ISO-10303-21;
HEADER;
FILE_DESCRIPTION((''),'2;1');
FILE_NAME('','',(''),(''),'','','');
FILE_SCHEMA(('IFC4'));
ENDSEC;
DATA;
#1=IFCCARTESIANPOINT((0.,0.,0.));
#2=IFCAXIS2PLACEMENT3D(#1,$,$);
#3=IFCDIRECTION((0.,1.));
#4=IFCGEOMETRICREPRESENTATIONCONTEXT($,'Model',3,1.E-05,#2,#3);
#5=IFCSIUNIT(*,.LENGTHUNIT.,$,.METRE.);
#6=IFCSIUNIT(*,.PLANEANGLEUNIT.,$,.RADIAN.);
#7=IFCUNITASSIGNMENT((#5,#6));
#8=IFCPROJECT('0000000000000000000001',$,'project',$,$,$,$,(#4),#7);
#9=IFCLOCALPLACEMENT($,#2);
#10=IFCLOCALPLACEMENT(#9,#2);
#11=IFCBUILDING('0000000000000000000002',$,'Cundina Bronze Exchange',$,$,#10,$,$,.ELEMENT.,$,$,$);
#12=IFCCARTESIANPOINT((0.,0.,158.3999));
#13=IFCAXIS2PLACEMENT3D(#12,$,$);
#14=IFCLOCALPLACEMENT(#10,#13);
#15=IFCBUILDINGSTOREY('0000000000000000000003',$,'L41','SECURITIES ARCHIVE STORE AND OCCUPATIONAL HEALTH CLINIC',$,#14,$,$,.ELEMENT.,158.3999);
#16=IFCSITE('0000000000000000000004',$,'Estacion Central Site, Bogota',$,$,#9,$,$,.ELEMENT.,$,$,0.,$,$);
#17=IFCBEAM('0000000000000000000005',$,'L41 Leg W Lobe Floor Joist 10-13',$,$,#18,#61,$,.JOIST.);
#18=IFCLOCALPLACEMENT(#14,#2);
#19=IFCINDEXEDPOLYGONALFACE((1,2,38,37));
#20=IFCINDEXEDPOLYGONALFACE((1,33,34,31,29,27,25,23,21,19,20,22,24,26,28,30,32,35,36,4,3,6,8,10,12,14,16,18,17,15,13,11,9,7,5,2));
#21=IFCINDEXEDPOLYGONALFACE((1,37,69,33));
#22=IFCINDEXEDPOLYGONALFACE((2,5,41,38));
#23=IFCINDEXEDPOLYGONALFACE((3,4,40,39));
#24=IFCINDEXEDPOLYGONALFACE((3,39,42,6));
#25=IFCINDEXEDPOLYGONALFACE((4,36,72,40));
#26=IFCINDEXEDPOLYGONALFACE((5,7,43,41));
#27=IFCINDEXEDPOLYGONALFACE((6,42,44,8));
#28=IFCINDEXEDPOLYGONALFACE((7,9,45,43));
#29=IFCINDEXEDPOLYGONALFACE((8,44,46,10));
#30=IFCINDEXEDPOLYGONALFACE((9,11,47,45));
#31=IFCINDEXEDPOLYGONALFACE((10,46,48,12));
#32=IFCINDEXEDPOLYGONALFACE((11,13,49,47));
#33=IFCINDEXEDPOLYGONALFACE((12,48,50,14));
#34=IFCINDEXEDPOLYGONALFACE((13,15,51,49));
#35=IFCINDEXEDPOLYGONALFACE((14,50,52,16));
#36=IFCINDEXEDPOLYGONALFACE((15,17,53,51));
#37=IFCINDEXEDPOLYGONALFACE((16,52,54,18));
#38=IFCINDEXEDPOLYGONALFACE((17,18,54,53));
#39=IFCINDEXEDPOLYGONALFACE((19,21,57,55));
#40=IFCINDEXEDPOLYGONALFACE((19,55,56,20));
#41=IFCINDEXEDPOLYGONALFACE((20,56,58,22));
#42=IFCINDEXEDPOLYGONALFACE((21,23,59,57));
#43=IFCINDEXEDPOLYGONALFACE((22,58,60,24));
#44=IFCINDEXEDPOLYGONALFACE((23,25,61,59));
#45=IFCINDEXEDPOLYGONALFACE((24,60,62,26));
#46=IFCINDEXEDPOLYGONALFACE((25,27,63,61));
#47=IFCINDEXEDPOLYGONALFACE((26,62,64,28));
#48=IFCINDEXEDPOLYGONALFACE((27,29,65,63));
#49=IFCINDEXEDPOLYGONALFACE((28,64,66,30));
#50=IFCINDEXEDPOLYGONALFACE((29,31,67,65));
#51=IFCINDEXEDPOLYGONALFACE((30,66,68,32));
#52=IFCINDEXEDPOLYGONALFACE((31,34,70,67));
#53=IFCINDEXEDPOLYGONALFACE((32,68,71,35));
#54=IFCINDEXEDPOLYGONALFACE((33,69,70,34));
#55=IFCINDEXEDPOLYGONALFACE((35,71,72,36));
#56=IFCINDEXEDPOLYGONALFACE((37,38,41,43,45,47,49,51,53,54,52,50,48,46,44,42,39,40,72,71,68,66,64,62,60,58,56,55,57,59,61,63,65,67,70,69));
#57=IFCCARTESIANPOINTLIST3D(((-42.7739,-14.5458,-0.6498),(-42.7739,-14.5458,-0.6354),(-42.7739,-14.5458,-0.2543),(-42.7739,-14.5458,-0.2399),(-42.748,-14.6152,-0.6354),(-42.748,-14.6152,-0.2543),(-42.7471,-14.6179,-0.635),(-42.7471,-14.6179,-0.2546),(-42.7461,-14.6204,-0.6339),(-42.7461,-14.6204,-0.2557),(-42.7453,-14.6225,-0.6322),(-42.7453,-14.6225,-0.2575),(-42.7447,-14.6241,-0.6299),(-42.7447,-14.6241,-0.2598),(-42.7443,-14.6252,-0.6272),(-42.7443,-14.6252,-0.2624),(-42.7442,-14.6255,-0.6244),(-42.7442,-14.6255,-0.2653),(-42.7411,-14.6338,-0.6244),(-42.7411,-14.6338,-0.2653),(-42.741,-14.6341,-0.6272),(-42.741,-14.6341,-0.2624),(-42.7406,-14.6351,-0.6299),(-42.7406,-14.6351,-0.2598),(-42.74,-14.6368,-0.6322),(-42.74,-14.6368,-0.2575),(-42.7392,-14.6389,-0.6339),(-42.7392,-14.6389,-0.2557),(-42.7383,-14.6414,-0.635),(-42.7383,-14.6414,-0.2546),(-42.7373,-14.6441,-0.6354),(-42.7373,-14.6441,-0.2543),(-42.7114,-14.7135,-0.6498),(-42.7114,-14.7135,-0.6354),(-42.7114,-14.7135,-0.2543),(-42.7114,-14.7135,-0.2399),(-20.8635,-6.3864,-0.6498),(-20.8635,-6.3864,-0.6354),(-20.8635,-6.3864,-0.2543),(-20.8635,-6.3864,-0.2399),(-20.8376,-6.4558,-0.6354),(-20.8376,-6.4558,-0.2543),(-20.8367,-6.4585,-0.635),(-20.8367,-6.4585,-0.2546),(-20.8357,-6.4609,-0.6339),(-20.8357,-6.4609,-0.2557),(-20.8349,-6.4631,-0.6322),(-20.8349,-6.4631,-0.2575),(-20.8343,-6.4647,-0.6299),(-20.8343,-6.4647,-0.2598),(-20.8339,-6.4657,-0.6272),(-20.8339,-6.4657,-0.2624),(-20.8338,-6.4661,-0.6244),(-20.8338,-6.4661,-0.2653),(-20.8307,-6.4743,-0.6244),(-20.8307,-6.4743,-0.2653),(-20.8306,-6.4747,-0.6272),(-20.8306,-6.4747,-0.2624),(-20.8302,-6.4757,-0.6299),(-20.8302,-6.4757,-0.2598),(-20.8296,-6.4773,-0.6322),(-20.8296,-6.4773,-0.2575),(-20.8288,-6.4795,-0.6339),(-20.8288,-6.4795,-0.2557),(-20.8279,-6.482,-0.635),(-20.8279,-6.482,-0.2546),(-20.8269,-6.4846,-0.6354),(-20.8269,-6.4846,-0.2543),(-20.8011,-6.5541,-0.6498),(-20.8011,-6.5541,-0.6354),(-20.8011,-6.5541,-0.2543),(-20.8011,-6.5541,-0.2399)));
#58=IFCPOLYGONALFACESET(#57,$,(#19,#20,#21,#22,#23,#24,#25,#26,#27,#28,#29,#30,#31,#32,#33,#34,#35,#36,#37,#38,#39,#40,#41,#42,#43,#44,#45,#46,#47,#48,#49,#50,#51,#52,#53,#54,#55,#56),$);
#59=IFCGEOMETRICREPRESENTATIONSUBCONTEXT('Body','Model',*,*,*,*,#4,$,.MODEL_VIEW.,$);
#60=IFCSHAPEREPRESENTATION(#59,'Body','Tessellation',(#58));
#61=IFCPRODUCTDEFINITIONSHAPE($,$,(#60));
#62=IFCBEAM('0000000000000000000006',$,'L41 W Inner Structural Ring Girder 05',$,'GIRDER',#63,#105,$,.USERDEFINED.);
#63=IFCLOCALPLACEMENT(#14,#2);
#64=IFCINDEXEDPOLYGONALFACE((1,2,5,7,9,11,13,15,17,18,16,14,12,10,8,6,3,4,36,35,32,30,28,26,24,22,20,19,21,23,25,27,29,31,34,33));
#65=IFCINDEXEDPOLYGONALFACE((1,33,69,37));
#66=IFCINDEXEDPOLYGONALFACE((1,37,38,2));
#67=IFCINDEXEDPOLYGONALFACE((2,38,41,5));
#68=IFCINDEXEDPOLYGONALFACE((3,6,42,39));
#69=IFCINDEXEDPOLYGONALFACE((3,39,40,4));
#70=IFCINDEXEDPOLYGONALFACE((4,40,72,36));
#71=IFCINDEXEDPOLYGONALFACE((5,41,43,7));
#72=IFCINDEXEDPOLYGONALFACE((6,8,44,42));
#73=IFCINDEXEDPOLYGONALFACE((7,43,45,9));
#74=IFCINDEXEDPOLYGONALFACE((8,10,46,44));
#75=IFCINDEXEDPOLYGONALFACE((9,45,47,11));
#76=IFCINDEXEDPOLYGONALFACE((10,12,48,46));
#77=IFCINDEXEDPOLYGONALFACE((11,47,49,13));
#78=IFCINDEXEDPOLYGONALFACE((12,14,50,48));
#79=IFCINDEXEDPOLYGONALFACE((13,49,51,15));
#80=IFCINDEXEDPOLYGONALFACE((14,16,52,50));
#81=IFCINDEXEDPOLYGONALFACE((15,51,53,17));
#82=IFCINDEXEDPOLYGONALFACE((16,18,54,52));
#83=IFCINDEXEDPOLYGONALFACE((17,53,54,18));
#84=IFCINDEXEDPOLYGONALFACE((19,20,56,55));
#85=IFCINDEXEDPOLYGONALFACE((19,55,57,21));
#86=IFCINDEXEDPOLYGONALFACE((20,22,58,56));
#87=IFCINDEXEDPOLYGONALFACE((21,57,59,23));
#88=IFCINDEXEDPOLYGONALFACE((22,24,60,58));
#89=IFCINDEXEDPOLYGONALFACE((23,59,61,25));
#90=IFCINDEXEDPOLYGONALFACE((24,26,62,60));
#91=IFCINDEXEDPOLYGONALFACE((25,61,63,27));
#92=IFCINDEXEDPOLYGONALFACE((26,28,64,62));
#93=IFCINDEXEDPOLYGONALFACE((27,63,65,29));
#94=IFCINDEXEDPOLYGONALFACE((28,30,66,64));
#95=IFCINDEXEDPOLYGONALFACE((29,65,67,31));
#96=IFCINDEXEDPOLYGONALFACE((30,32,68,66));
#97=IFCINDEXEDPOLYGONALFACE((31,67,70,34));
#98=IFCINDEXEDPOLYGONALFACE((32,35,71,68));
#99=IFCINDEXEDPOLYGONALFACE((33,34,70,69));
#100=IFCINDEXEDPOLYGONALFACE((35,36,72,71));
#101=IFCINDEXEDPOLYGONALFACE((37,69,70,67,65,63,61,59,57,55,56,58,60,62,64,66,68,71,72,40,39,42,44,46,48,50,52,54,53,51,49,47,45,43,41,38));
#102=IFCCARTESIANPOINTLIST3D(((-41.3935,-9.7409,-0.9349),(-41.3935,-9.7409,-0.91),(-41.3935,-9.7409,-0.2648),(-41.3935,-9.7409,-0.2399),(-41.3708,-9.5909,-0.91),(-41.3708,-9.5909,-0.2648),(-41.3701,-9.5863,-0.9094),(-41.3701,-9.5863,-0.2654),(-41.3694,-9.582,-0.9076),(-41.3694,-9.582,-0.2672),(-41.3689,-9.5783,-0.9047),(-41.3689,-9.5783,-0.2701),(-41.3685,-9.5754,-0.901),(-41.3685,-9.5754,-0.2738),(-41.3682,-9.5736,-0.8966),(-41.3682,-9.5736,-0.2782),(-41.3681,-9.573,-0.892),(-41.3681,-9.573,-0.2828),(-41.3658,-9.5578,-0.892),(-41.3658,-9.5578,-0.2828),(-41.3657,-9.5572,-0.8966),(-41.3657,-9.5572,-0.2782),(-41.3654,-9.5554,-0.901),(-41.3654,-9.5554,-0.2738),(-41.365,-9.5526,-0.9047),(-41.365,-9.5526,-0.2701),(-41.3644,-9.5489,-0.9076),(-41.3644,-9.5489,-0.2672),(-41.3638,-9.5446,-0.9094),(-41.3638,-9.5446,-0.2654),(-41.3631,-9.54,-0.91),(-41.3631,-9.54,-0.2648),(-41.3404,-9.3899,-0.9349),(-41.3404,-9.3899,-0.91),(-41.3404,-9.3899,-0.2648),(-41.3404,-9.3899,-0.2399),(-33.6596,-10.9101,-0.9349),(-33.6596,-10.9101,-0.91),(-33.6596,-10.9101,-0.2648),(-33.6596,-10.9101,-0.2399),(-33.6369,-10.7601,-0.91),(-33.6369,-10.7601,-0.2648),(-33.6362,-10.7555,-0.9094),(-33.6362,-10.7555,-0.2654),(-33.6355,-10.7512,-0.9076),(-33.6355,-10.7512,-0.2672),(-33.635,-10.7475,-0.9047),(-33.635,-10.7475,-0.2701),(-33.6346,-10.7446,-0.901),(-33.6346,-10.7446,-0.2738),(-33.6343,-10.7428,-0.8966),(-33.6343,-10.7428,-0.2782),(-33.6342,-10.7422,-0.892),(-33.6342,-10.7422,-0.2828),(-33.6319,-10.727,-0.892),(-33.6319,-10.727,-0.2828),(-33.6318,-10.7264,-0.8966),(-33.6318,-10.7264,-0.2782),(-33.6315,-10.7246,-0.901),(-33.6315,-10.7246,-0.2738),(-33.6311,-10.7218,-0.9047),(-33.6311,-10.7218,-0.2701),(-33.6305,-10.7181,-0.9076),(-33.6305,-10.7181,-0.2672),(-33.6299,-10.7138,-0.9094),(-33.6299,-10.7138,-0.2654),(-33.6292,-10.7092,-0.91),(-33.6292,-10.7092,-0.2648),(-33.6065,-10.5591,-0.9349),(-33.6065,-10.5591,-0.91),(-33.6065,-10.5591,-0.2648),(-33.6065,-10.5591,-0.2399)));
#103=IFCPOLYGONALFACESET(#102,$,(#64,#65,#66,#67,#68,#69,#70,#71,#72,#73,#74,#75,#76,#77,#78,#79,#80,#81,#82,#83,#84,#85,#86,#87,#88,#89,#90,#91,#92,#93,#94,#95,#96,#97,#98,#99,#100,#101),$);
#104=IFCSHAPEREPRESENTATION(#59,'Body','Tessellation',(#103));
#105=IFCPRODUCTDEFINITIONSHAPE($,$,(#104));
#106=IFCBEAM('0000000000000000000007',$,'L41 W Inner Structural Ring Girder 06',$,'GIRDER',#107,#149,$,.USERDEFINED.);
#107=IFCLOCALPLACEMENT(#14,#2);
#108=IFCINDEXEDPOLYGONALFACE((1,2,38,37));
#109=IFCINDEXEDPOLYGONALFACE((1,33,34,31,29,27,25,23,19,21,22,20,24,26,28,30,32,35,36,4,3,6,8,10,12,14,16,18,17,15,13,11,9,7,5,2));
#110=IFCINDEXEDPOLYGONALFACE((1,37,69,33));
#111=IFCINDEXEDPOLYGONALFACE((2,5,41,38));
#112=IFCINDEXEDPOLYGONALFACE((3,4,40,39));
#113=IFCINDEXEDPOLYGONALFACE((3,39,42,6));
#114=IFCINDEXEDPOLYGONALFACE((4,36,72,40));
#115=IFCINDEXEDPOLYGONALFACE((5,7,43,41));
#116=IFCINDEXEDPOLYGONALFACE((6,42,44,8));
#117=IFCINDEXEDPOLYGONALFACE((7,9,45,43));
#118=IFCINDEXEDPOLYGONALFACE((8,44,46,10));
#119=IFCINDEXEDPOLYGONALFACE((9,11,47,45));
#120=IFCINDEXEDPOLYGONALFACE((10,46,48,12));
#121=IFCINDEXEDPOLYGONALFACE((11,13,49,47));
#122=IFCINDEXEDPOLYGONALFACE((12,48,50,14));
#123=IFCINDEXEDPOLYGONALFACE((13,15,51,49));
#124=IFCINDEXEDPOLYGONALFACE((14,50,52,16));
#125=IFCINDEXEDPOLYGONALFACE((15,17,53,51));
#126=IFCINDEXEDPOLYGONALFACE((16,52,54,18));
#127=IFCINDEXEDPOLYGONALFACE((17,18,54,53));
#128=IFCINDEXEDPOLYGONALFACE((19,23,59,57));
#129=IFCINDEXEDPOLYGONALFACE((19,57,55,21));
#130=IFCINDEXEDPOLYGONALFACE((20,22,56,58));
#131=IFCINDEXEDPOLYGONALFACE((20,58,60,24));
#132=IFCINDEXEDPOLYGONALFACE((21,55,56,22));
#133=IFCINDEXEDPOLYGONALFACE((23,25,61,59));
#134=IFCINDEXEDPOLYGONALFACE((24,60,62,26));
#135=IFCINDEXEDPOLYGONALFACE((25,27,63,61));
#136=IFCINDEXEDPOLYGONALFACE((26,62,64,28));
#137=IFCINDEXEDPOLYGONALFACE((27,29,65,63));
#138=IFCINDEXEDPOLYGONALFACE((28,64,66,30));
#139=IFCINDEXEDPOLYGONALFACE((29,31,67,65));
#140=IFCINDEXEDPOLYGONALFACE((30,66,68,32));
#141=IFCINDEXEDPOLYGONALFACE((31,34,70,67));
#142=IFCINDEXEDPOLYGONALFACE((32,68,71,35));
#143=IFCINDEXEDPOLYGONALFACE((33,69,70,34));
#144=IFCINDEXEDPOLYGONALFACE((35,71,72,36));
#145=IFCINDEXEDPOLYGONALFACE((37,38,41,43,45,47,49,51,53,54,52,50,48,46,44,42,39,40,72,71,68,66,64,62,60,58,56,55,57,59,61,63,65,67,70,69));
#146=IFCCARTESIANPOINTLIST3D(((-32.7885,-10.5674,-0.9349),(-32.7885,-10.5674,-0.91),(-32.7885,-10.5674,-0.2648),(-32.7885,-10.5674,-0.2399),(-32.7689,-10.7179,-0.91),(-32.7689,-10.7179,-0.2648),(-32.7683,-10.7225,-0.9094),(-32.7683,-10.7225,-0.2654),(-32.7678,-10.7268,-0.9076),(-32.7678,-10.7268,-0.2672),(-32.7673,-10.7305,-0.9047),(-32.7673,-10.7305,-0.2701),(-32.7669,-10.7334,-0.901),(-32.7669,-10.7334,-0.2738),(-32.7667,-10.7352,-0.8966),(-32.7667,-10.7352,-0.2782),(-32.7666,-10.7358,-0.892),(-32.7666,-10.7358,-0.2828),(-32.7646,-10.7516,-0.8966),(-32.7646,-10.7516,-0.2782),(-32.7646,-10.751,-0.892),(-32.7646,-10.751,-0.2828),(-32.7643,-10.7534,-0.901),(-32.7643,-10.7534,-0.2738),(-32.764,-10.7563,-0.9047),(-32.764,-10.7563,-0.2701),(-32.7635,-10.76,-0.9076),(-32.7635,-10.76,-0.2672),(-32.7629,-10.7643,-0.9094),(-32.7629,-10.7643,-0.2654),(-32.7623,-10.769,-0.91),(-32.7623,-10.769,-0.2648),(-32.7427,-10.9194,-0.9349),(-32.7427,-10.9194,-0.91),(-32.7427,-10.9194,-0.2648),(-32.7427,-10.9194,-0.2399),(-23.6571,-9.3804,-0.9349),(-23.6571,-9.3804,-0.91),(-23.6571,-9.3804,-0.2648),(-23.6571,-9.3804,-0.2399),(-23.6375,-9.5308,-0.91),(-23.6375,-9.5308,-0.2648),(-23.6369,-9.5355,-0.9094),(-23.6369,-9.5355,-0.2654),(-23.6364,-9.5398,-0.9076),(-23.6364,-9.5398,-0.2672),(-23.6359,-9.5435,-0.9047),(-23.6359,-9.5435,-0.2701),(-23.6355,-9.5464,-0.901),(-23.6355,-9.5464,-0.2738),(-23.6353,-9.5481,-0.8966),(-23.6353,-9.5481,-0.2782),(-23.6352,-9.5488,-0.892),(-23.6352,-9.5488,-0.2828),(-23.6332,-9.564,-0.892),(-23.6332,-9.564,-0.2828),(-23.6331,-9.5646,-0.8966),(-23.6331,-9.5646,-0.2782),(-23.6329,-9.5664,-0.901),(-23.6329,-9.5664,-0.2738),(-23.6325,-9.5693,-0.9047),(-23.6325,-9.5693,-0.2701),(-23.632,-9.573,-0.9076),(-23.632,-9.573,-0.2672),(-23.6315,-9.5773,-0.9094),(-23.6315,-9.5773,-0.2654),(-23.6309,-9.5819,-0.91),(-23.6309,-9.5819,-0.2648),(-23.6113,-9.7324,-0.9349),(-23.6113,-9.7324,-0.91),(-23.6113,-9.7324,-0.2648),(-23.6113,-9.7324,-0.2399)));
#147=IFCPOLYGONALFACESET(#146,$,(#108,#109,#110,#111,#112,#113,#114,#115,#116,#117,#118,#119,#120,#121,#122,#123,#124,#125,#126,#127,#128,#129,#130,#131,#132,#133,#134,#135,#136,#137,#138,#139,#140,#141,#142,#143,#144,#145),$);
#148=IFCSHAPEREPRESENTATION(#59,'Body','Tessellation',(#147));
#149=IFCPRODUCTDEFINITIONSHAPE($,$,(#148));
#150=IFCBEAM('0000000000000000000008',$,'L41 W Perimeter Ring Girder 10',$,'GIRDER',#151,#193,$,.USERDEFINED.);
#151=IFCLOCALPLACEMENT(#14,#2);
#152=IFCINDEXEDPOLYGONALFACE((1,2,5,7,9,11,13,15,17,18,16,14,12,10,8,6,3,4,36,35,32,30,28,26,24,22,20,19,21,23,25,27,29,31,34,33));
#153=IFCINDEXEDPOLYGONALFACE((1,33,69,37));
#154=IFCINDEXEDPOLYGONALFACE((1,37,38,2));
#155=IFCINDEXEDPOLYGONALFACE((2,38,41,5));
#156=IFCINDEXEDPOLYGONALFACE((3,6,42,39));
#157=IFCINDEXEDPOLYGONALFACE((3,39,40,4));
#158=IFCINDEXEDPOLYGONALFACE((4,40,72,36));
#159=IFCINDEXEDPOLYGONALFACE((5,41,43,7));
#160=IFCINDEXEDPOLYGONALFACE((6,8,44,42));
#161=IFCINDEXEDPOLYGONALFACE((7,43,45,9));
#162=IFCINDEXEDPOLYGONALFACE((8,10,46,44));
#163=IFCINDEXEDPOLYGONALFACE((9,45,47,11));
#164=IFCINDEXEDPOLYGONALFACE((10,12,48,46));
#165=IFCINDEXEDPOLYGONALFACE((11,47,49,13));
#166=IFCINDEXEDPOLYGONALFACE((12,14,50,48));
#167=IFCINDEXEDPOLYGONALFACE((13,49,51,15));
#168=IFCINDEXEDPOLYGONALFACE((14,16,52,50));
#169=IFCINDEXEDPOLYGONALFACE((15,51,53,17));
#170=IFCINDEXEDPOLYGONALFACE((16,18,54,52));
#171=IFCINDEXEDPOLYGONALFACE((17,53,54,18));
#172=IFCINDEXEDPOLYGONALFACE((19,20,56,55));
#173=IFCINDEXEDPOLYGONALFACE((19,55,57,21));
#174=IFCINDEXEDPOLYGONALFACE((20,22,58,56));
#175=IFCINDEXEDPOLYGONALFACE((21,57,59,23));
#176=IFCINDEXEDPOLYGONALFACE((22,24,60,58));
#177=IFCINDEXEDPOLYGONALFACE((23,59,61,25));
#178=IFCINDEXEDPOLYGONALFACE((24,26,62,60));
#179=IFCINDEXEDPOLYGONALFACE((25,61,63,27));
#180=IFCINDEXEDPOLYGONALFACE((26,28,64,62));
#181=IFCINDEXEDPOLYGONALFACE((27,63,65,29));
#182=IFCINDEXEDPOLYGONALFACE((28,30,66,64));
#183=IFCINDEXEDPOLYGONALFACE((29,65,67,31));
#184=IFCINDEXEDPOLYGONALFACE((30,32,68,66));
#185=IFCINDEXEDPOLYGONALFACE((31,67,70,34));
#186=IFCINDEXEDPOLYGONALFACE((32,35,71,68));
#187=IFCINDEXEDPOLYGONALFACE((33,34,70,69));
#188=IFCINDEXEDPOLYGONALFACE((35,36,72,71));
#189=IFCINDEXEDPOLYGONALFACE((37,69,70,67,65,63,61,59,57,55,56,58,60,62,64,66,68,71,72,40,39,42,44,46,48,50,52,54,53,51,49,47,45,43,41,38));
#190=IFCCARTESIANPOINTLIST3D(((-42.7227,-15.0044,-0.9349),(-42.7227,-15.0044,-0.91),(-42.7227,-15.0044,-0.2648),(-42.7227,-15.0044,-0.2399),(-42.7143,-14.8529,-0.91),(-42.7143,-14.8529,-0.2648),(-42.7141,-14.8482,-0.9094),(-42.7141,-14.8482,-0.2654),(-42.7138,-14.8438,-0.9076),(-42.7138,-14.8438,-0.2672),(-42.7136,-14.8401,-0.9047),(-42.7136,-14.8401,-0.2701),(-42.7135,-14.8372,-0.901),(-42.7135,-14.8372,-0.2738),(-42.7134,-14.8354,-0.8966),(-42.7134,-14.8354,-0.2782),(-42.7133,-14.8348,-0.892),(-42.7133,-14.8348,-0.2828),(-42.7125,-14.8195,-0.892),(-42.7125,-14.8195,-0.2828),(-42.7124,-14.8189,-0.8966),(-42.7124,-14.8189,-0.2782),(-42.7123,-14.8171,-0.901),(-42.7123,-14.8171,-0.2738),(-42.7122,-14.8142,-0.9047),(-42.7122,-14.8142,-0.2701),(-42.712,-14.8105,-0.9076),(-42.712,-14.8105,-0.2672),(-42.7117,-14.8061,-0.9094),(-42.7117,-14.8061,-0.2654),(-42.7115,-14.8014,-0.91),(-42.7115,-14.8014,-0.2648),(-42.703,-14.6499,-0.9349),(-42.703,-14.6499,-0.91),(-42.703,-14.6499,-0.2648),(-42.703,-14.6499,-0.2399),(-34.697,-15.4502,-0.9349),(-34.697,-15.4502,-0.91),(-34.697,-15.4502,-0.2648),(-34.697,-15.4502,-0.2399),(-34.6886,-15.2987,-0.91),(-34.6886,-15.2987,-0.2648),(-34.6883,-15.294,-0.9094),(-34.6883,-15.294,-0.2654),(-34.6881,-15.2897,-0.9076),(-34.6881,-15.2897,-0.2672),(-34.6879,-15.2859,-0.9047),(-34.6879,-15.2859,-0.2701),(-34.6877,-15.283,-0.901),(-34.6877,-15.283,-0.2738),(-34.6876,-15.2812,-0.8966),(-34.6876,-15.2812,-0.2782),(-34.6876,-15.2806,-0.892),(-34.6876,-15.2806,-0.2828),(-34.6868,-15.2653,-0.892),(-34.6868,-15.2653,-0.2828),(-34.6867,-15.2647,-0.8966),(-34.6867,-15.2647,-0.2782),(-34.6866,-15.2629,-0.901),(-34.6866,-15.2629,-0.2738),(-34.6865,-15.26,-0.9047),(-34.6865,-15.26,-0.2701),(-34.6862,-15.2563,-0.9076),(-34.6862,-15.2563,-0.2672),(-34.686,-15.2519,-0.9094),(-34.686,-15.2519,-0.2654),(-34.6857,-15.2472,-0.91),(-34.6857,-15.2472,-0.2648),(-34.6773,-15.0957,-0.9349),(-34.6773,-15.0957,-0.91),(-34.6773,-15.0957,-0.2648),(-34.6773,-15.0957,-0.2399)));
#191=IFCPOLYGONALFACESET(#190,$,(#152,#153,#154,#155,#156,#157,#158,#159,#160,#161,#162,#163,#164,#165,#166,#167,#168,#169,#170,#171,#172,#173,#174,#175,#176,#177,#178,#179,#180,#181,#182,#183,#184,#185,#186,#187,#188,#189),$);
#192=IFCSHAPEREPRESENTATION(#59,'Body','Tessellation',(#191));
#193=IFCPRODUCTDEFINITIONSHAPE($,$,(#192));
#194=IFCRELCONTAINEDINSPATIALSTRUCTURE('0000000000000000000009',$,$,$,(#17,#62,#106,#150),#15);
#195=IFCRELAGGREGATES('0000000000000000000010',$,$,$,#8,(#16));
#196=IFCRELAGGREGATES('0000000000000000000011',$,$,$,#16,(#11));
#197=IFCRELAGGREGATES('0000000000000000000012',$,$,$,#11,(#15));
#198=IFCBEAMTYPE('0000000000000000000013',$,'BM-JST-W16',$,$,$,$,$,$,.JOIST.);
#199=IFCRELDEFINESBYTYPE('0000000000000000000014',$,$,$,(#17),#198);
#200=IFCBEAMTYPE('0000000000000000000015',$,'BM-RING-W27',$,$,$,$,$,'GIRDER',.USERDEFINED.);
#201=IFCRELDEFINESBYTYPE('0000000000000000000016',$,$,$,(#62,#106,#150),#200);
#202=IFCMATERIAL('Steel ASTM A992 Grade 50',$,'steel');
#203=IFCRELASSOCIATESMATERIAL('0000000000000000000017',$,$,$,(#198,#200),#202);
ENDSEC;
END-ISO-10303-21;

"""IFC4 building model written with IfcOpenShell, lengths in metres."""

from ifc_helpers import new_model, si_unit, direction, frame, origin, origin_2d, place, context, subcontext, project, spatial, i_section, extrude, material, material_profile, profile_set, type_object, element, save


model = new_model("IFC4")

# Units and contexts
model_context = context("Model", 3, precision=1e-05, world=origin(), true_north=direction((0.0, 1.0)))
body_context = subcontext(model_context, "Body", "Model", "MODEL_VIEW")
ifc_project = project(units=[si_unit("LENGTHUNIT", "METRE"), si_unit("PLANEANGLEUNIT", "RADIAN")], contexts=[model_context])

# Site, building, storey
site_placement = place(None, origin())
site = spatial("IfcSite", under=ifc_project, at=site_placement, Name="Estacion Central Site, Bogota", CompositionType="ELEMENT", RefElevation=0.0)
building_placement = place(site_placement, origin())
building = spatial("IfcBuilding", under=site, at=building_placement, Name="Cundina Bronze Exchange", CompositionType="ELEMENT")
storey_placement = place(building_placement, frame((0.0, 0.0, 158.3999)))
storey = spatial("IfcBuildingStorey", under=building, at=storey_placement, Name="L41", Description="SECURITIES ARCHIVE STORE AND OCCUPATIONAL HEALTH CLINIC", CompositionType="ELEMENT", Elevation=158.3999)

# Beams
ifc_material_1 = material(Name="Steel ASTM A992 Grade 50", Category="steel")
ifc_material_profile_1 = material_profile(ifc_material_1, i_section(OverallWidth=0.179, OverallDepth=0.4099, WebThickness=0.0088, FlangeThickness=0.0144, FilletRadius=0.011, at=origin_2d()), Name="W16X45", Category="steel")
ifc_profile_set_1 = profile_set([ifc_material_profile_1], Name="Steel ASTM A992 Grade 50")
beam_type_1 = type_object("IfcBeamType", Name="BM-JST-W16", PredefinedType="JOIST", material=ifc_profile_set_1)
beam_1_placement = place(storey_placement, frame((-42.7427, -14.6296, -0.4448), z_axis=(0.937128, 0.348986, 0.0), x_axis=(-0.348986, 0.937128, 0.0)))
element("IfcBeam", 1, at=beam_1_placement, inside=storey, type_object=beam_type_1, Name="L41 Leg W Lobe Floor Joist 10-13", PredefinedType="JOIST", context=body_context, shape_type="SweptSolid", body=[
    extrude(i_section(OverallWidth=0.179, OverallDepth=0.4099, WebThickness=0.0088, FlangeThickness=0.0144, FilletRadius=0.011, at=origin_2d()), origin(), (0.0, 0.0, 1.0), 23.3804),
])
ifc_material_profile_2 = material_profile(ifc_material_1, i_section(OverallWidth=0.355, OverallDepth=0.6951, WebThickness=0.0154, FlangeThickness=0.0249, FilletRadius=0.0181, at=origin_2d()), Name="W27X146", Category="steel")
ifc_profile_set_2 = profile_set([ifc_material_profile_2], Name="Steel ASTM A992 Grade 50")
beam_type_2 = type_object("IfcBeamType", Name="BM-RING-W27", ElementType="GIRDER", PredefinedType="USERDEFINED", material=ifc_profile_set_2)
beam_2_placement = place(storey_placement, frame((-41.3669, -9.5654, -0.5874), z_axis=(0.988765, -0.149479, 0.0), x_axis=(0.149479, 0.988765, 0.0)))
element("IfcBeam", 2, at=beam_2_placement, inside=storey, type_object=beam_type_2, Name="L41 W Inner Structural Ring Girder 05", ObjectType="GIRDER", PredefinedType="USERDEFINED", context=body_context, shape_type="SweptSolid", body=[
    extrude(i_section(OverallWidth=0.355, OverallDepth=0.6951, WebThickness=0.0154, FlangeThickness=0.0249, FilletRadius=0.0181, at=origin_2d()), origin(), (0.0, 0.0, 1.0), 7.8218),
])
beam_3_placement = place(storey_placement, frame((-32.7656, -10.7434, -0.5874), z_axis=(0.991656, 0.128908, 0.0), x_axis=(-0.128908, 0.991656, 0.0)))
element("IfcBeam", 3, at=beam_3_placement, inside=storey, type_object=beam_type_2, Name="L41 W Inner Structural Ring Girder 06", ObjectType="GIRDER", PredefinedType="USERDEFINED", context=body_context, shape_type="SweptSolid", body=[
    extrude(i_section(OverallWidth=0.355, OverallDepth=0.6951, WebThickness=0.0154, FlangeThickness=0.0249, FilletRadius=0.0181, at=origin_2d()), origin(), (0.0, 0.0, 1.0), 9.2083),
])
for number, where, z_axis, x_axis, name in (
    (4, (-42.7129, -14.8271, -0.5874), (0.998461, -0.055462, 0.0), (0.055462, 0.998461, 0.0), "L41 W Perimeter Ring Girder 10"),
):
    element("IfcBeam", number, at=place(storey_placement, frame(where, z_axis=z_axis, x_axis=x_axis)), inside=storey, type_object=beam_type_2, Name=name, ObjectType="GIRDER", PredefinedType="USERDEFINED", context=body_context, shape_type="SweptSolid", body=[
        extrude(i_section(OverallWidth=0.355, OverallDepth=0.6951, WebThickness=0.0154, FlangeThickness=0.0249, FilletRadius=0.0181, at=origin_2d()), origin(), (0.0, 0.0, 1.0), 8.0381),
    ])

save(model, "model.ifc")
